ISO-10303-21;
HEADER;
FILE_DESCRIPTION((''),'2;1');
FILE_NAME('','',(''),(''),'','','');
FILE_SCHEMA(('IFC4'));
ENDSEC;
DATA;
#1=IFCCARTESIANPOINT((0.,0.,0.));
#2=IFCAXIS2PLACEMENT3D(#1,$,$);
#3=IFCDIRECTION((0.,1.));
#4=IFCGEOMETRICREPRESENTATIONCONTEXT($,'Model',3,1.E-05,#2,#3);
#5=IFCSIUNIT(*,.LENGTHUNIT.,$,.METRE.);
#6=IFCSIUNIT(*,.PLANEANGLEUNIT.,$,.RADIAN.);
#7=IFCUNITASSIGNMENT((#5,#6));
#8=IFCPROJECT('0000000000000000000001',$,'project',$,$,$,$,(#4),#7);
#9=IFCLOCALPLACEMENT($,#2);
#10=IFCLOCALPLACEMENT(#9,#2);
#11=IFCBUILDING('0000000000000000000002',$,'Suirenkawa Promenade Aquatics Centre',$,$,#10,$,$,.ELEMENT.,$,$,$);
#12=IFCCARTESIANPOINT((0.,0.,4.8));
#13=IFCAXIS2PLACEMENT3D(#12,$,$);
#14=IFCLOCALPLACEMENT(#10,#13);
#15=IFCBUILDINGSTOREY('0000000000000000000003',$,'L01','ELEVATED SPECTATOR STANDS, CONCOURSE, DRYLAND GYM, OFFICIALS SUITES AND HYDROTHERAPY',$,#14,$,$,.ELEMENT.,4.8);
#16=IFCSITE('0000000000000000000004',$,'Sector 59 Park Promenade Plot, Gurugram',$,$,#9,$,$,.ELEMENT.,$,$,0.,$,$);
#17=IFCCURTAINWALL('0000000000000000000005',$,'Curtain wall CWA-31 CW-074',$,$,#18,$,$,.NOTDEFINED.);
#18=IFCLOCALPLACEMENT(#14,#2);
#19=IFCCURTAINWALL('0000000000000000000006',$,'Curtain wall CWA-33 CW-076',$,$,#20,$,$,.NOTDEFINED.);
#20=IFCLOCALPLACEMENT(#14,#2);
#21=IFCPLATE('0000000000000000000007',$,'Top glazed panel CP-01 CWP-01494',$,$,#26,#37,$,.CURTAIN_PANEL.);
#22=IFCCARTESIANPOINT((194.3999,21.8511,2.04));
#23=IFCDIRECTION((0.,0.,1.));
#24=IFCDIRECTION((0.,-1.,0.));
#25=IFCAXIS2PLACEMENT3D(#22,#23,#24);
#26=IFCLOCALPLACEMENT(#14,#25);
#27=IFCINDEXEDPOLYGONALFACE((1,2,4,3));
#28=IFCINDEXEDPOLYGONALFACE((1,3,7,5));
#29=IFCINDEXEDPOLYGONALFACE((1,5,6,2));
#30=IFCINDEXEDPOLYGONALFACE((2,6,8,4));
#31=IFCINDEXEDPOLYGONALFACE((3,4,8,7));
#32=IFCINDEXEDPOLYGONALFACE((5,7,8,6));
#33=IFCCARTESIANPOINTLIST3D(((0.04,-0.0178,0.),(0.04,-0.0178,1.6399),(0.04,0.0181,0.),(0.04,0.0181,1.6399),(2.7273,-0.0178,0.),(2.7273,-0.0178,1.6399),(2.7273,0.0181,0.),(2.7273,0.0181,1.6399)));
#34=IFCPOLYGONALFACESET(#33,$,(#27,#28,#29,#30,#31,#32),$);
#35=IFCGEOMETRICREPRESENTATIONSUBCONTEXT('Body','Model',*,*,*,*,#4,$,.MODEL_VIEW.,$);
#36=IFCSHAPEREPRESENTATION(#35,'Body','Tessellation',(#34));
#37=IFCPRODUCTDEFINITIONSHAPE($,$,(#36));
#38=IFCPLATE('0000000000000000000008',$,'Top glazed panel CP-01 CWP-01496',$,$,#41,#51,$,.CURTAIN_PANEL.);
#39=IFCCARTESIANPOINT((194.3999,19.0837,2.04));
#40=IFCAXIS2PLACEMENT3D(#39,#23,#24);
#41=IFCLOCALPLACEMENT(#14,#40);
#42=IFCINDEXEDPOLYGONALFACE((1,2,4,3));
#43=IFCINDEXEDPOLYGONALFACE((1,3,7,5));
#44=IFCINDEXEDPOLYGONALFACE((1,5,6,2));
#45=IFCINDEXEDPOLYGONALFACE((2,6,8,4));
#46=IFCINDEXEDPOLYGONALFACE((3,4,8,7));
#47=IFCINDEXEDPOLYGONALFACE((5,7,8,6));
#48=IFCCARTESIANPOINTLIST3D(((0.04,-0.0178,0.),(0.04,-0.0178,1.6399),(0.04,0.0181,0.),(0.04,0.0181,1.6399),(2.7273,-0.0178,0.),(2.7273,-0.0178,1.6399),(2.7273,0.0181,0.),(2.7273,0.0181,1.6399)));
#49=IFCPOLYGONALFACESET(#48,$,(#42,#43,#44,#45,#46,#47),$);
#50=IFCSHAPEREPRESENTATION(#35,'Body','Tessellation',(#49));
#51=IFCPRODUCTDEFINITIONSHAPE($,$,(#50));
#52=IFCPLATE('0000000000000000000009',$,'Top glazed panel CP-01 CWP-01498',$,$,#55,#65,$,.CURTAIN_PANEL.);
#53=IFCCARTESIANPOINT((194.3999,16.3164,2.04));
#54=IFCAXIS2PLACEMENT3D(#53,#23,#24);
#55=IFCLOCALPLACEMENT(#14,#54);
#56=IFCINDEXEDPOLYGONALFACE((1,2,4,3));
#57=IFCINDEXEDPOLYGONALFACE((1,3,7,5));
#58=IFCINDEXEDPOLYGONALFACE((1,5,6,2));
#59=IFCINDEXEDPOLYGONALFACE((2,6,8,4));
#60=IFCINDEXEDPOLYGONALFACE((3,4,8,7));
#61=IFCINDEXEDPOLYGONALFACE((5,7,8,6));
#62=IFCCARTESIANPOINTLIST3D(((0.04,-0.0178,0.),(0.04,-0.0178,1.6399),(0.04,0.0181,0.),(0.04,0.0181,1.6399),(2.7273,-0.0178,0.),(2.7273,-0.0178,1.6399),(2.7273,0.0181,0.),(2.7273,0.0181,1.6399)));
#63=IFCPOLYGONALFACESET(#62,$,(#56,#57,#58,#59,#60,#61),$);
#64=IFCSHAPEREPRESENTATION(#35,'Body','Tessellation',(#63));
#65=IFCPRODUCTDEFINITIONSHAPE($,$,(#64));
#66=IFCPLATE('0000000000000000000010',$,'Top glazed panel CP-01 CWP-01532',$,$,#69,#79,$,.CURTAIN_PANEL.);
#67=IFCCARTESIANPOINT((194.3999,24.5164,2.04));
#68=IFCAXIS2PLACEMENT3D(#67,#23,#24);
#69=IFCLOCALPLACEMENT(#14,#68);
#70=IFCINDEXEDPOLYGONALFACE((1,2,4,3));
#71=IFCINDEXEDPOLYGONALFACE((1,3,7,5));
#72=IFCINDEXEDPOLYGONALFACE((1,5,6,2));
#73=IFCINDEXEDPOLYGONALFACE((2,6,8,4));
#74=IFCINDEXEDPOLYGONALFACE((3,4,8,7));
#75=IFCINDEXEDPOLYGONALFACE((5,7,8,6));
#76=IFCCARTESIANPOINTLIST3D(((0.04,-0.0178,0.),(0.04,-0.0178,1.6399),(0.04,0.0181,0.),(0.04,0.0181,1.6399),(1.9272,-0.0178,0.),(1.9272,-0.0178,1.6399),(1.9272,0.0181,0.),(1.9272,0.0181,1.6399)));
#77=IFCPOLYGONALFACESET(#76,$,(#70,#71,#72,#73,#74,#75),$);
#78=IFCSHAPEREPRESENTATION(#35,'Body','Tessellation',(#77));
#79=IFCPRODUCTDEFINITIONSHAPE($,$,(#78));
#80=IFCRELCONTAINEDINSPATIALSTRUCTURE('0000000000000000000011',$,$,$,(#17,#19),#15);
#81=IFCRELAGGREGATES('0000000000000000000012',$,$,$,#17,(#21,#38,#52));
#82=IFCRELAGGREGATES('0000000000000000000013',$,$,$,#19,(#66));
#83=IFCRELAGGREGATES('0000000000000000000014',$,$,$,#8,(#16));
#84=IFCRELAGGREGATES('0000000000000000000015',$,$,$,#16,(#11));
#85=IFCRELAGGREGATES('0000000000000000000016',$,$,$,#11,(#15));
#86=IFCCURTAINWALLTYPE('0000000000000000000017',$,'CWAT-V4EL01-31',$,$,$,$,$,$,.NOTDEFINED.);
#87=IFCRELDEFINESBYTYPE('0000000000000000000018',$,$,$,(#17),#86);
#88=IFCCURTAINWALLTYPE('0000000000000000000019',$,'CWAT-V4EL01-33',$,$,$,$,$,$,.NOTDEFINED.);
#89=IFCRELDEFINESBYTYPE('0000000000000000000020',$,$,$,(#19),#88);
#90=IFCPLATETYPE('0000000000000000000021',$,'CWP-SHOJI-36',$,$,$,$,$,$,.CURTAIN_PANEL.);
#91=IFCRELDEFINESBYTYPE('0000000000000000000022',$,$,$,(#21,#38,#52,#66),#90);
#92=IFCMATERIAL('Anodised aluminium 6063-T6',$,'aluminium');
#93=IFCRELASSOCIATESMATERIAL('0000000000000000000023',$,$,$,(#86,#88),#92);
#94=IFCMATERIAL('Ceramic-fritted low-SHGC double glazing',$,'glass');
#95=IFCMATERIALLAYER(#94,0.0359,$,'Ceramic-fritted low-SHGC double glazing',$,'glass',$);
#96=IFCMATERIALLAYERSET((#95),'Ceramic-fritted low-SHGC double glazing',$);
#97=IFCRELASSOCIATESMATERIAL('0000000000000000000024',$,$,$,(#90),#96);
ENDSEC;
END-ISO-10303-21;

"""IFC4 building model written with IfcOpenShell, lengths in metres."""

from ifc_helpers import new_model, si_unit, direction, frame, origin, place, context, subcontext, project, spatial, polyline, outline, extrude, material, layer, layer_set, type_object, element, aggregate, save


model = new_model("IFC4")

# Units and contexts
model_context = context("Model", 3, precision=1e-05, world=origin(), true_north=direction((0.0, 1.0)))
body_context = subcontext(model_context, "Body", "Model", "MODEL_VIEW")
ifc_project = project(units=[si_unit("LENGTHUNIT", "METRE"), si_unit("PLANEANGLEUNIT", "RADIAN")], contexts=[model_context])

# Site, building, storey
site_placement = place(None, origin())
site = spatial("IfcSite", under=ifc_project, at=site_placement, Name="Sector 59 Park Promenade Plot, Gurugram", CompositionType="ELEMENT", RefElevation=0.0)
building_placement = place(site_placement, origin())
building = spatial("IfcBuilding", under=site, at=building_placement, Name="Suirenkawa Promenade Aquatics Centre", CompositionType="ELEMENT")
storey_placement = place(building_placement, frame((0.0, 0.0, 4.8)))
storey = spatial("IfcBuildingStorey", under=building, at=storey_placement, Name="L01", Description="ELEVATED SPECTATOR STANDS, CONCOURSE, DRYLAND GYM, OFFICIALS SUITES AND HYDROTHERAPY", CompositionType="ELEMENT", Elevation=4.8)

# Curtain walls
ifc_material_1 = material(Name="Anodised aluminium 6063-T6", Category="aluminium")
curtain_wall_type_1 = type_object("IfcCurtainWallType", Name="CWAT-V4EL01-31", PredefinedType="NOTDEFINED", material=ifc_material_1)
curtain_wall_1_placement = place(storey_placement, origin())
curtain_wall_1 = element("IfcCurtainWall", 1, at=curtain_wall_1_placement, inside=storey, type_object=curtain_wall_type_1, Name="Curtain wall CWA-31 CW-074", PredefinedType="NOTDEFINED")
curtain_wall_type_2 = type_object("IfcCurtainWallType", Name="CWAT-V4EL01-33", PredefinedType="NOTDEFINED", material=ifc_material_1)
curtain_wall_2_placement = place(storey_placement, origin())
curtain_wall_2 = element("IfcCurtainWall", 2, at=curtain_wall_2_placement, inside=storey, type_object=curtain_wall_type_2, Name="Curtain wall CWA-33 CW-076", PredefinedType="NOTDEFINED")

# Plates
ifc_material_2 = material(Name="Ceramic-fritted low-SHGC double glazing", Category="glass")
ifc_layer = layer(ifc_material_2, 0.0359, Name="Ceramic-fritted low-SHGC double glazing", Category="glass")
ifc_layer_set = layer_set([ifc_layer], Name="Ceramic-fritted low-SHGC double glazing")
plate_type = type_object("IfcPlateType", Name="CWP-SHOJI-36", PredefinedType="CURTAIN_PANEL", material=ifc_layer_set)
plate_1_placement = place(storey_placement, frame((194.3999, 21.8511, 2.04), z_axis=(0.0, 0.0, 1.0), x_axis=(0.0, -1.0, 0.0)))
plate_1 = element("IfcPlate", 3, at=plate_1_placement, type_object=plate_type, Name="Top glazed panel CP-01 CWP-01494", PredefinedType="CURTAIN_PANEL", context=body_context, shape_type="SweptSolid", body=[
    extrude(outline(polyline([(0.04, 0.0), (2.7273, 0.0), (2.7273, 1.6399), (0.04, 1.6399), (0.04, 0.0)])), frame((0.0, 0.0181, 0.0), z_axis=(0.0, -1.0, 0.0), x_axis=(1.0, 0.0, 0.0)), (0.0, 0.0, 1.0), 0.0359),
])
plate_2_placement = place(storey_placement, frame((194.3999, 19.0837, 2.04), z_axis=(0.0, 0.0, 1.0), x_axis=(0.0, -1.0, 0.0)))
plate_2 = element("IfcPlate", 4, at=plate_2_placement, type_object=plate_type, Name="Top glazed panel CP-01 CWP-01496", PredefinedType="CURTAIN_PANEL", context=body_context, shape_type="SweptSolid", body=[
    extrude(outline(polyline([(0.04, 0.0), (2.7273, 0.0), (2.7273, 1.6399), (0.04, 1.6399), (0.04, 0.0)])), frame((0.0, 0.0181, 0.0), z_axis=(0.0, -1.0, 0.0), x_axis=(1.0, 0.0, 0.0)), (0.0, 0.0, 1.0), 0.0359),
])
plate_3_placement = place(storey_placement, frame((194.3999, 16.3164, 2.04), z_axis=(0.0, 0.0, 1.0), x_axis=(0.0, -1.0, 0.0)))
plate_3 = element("IfcPlate", 5, at=plate_3_placement, type_object=plate_type, Name="Top glazed panel CP-01 CWP-01498", PredefinedType="CURTAIN_PANEL", context=body_context, shape_type="SweptSolid", body=[
    extrude(outline(polyline([(0.04, 0.0), (2.7273, 0.0), (2.7273, 1.6399), (0.04, 1.6399), (0.04, 0.0)])), frame((0.0, 0.0181, 0.0), z_axis=(0.0, -1.0, 0.0), x_axis=(1.0, 0.0, 0.0)), (0.0, 0.0, 1.0), 0.0359),
])
aggregate(curtain_wall_1, [plate_1, plate_2, plate_3])
plate_4_placement = place(storey_placement, frame((194.3999, 24.5164, 2.04), z_axis=(0.0, 0.0, 1.0), x_axis=(0.0, -1.0, 0.0)))
plate_4 = element("IfcPlate", 6, at=plate_4_placement, type_object=plate_type, Name="Top glazed panel CP-01 CWP-01532", PredefinedType="CURTAIN_PANEL", context=body_context, shape_type="SweptSolid", body=[
    extrude(outline(polyline([(0.04, 0.0), (1.9272, 0.0), (1.9272, 1.6399), (0.04, 1.6399), (0.04, 0.0)])), frame((0.0, 0.0181, 0.0), z_axis=(0.0, -1.0, 0.0), x_axis=(1.0, 0.0, 0.0)), (0.0, 0.0, 1.0), 0.0359),
])
aggregate(curtain_wall_2, [plate_4])

save(model, "model.ifc")
